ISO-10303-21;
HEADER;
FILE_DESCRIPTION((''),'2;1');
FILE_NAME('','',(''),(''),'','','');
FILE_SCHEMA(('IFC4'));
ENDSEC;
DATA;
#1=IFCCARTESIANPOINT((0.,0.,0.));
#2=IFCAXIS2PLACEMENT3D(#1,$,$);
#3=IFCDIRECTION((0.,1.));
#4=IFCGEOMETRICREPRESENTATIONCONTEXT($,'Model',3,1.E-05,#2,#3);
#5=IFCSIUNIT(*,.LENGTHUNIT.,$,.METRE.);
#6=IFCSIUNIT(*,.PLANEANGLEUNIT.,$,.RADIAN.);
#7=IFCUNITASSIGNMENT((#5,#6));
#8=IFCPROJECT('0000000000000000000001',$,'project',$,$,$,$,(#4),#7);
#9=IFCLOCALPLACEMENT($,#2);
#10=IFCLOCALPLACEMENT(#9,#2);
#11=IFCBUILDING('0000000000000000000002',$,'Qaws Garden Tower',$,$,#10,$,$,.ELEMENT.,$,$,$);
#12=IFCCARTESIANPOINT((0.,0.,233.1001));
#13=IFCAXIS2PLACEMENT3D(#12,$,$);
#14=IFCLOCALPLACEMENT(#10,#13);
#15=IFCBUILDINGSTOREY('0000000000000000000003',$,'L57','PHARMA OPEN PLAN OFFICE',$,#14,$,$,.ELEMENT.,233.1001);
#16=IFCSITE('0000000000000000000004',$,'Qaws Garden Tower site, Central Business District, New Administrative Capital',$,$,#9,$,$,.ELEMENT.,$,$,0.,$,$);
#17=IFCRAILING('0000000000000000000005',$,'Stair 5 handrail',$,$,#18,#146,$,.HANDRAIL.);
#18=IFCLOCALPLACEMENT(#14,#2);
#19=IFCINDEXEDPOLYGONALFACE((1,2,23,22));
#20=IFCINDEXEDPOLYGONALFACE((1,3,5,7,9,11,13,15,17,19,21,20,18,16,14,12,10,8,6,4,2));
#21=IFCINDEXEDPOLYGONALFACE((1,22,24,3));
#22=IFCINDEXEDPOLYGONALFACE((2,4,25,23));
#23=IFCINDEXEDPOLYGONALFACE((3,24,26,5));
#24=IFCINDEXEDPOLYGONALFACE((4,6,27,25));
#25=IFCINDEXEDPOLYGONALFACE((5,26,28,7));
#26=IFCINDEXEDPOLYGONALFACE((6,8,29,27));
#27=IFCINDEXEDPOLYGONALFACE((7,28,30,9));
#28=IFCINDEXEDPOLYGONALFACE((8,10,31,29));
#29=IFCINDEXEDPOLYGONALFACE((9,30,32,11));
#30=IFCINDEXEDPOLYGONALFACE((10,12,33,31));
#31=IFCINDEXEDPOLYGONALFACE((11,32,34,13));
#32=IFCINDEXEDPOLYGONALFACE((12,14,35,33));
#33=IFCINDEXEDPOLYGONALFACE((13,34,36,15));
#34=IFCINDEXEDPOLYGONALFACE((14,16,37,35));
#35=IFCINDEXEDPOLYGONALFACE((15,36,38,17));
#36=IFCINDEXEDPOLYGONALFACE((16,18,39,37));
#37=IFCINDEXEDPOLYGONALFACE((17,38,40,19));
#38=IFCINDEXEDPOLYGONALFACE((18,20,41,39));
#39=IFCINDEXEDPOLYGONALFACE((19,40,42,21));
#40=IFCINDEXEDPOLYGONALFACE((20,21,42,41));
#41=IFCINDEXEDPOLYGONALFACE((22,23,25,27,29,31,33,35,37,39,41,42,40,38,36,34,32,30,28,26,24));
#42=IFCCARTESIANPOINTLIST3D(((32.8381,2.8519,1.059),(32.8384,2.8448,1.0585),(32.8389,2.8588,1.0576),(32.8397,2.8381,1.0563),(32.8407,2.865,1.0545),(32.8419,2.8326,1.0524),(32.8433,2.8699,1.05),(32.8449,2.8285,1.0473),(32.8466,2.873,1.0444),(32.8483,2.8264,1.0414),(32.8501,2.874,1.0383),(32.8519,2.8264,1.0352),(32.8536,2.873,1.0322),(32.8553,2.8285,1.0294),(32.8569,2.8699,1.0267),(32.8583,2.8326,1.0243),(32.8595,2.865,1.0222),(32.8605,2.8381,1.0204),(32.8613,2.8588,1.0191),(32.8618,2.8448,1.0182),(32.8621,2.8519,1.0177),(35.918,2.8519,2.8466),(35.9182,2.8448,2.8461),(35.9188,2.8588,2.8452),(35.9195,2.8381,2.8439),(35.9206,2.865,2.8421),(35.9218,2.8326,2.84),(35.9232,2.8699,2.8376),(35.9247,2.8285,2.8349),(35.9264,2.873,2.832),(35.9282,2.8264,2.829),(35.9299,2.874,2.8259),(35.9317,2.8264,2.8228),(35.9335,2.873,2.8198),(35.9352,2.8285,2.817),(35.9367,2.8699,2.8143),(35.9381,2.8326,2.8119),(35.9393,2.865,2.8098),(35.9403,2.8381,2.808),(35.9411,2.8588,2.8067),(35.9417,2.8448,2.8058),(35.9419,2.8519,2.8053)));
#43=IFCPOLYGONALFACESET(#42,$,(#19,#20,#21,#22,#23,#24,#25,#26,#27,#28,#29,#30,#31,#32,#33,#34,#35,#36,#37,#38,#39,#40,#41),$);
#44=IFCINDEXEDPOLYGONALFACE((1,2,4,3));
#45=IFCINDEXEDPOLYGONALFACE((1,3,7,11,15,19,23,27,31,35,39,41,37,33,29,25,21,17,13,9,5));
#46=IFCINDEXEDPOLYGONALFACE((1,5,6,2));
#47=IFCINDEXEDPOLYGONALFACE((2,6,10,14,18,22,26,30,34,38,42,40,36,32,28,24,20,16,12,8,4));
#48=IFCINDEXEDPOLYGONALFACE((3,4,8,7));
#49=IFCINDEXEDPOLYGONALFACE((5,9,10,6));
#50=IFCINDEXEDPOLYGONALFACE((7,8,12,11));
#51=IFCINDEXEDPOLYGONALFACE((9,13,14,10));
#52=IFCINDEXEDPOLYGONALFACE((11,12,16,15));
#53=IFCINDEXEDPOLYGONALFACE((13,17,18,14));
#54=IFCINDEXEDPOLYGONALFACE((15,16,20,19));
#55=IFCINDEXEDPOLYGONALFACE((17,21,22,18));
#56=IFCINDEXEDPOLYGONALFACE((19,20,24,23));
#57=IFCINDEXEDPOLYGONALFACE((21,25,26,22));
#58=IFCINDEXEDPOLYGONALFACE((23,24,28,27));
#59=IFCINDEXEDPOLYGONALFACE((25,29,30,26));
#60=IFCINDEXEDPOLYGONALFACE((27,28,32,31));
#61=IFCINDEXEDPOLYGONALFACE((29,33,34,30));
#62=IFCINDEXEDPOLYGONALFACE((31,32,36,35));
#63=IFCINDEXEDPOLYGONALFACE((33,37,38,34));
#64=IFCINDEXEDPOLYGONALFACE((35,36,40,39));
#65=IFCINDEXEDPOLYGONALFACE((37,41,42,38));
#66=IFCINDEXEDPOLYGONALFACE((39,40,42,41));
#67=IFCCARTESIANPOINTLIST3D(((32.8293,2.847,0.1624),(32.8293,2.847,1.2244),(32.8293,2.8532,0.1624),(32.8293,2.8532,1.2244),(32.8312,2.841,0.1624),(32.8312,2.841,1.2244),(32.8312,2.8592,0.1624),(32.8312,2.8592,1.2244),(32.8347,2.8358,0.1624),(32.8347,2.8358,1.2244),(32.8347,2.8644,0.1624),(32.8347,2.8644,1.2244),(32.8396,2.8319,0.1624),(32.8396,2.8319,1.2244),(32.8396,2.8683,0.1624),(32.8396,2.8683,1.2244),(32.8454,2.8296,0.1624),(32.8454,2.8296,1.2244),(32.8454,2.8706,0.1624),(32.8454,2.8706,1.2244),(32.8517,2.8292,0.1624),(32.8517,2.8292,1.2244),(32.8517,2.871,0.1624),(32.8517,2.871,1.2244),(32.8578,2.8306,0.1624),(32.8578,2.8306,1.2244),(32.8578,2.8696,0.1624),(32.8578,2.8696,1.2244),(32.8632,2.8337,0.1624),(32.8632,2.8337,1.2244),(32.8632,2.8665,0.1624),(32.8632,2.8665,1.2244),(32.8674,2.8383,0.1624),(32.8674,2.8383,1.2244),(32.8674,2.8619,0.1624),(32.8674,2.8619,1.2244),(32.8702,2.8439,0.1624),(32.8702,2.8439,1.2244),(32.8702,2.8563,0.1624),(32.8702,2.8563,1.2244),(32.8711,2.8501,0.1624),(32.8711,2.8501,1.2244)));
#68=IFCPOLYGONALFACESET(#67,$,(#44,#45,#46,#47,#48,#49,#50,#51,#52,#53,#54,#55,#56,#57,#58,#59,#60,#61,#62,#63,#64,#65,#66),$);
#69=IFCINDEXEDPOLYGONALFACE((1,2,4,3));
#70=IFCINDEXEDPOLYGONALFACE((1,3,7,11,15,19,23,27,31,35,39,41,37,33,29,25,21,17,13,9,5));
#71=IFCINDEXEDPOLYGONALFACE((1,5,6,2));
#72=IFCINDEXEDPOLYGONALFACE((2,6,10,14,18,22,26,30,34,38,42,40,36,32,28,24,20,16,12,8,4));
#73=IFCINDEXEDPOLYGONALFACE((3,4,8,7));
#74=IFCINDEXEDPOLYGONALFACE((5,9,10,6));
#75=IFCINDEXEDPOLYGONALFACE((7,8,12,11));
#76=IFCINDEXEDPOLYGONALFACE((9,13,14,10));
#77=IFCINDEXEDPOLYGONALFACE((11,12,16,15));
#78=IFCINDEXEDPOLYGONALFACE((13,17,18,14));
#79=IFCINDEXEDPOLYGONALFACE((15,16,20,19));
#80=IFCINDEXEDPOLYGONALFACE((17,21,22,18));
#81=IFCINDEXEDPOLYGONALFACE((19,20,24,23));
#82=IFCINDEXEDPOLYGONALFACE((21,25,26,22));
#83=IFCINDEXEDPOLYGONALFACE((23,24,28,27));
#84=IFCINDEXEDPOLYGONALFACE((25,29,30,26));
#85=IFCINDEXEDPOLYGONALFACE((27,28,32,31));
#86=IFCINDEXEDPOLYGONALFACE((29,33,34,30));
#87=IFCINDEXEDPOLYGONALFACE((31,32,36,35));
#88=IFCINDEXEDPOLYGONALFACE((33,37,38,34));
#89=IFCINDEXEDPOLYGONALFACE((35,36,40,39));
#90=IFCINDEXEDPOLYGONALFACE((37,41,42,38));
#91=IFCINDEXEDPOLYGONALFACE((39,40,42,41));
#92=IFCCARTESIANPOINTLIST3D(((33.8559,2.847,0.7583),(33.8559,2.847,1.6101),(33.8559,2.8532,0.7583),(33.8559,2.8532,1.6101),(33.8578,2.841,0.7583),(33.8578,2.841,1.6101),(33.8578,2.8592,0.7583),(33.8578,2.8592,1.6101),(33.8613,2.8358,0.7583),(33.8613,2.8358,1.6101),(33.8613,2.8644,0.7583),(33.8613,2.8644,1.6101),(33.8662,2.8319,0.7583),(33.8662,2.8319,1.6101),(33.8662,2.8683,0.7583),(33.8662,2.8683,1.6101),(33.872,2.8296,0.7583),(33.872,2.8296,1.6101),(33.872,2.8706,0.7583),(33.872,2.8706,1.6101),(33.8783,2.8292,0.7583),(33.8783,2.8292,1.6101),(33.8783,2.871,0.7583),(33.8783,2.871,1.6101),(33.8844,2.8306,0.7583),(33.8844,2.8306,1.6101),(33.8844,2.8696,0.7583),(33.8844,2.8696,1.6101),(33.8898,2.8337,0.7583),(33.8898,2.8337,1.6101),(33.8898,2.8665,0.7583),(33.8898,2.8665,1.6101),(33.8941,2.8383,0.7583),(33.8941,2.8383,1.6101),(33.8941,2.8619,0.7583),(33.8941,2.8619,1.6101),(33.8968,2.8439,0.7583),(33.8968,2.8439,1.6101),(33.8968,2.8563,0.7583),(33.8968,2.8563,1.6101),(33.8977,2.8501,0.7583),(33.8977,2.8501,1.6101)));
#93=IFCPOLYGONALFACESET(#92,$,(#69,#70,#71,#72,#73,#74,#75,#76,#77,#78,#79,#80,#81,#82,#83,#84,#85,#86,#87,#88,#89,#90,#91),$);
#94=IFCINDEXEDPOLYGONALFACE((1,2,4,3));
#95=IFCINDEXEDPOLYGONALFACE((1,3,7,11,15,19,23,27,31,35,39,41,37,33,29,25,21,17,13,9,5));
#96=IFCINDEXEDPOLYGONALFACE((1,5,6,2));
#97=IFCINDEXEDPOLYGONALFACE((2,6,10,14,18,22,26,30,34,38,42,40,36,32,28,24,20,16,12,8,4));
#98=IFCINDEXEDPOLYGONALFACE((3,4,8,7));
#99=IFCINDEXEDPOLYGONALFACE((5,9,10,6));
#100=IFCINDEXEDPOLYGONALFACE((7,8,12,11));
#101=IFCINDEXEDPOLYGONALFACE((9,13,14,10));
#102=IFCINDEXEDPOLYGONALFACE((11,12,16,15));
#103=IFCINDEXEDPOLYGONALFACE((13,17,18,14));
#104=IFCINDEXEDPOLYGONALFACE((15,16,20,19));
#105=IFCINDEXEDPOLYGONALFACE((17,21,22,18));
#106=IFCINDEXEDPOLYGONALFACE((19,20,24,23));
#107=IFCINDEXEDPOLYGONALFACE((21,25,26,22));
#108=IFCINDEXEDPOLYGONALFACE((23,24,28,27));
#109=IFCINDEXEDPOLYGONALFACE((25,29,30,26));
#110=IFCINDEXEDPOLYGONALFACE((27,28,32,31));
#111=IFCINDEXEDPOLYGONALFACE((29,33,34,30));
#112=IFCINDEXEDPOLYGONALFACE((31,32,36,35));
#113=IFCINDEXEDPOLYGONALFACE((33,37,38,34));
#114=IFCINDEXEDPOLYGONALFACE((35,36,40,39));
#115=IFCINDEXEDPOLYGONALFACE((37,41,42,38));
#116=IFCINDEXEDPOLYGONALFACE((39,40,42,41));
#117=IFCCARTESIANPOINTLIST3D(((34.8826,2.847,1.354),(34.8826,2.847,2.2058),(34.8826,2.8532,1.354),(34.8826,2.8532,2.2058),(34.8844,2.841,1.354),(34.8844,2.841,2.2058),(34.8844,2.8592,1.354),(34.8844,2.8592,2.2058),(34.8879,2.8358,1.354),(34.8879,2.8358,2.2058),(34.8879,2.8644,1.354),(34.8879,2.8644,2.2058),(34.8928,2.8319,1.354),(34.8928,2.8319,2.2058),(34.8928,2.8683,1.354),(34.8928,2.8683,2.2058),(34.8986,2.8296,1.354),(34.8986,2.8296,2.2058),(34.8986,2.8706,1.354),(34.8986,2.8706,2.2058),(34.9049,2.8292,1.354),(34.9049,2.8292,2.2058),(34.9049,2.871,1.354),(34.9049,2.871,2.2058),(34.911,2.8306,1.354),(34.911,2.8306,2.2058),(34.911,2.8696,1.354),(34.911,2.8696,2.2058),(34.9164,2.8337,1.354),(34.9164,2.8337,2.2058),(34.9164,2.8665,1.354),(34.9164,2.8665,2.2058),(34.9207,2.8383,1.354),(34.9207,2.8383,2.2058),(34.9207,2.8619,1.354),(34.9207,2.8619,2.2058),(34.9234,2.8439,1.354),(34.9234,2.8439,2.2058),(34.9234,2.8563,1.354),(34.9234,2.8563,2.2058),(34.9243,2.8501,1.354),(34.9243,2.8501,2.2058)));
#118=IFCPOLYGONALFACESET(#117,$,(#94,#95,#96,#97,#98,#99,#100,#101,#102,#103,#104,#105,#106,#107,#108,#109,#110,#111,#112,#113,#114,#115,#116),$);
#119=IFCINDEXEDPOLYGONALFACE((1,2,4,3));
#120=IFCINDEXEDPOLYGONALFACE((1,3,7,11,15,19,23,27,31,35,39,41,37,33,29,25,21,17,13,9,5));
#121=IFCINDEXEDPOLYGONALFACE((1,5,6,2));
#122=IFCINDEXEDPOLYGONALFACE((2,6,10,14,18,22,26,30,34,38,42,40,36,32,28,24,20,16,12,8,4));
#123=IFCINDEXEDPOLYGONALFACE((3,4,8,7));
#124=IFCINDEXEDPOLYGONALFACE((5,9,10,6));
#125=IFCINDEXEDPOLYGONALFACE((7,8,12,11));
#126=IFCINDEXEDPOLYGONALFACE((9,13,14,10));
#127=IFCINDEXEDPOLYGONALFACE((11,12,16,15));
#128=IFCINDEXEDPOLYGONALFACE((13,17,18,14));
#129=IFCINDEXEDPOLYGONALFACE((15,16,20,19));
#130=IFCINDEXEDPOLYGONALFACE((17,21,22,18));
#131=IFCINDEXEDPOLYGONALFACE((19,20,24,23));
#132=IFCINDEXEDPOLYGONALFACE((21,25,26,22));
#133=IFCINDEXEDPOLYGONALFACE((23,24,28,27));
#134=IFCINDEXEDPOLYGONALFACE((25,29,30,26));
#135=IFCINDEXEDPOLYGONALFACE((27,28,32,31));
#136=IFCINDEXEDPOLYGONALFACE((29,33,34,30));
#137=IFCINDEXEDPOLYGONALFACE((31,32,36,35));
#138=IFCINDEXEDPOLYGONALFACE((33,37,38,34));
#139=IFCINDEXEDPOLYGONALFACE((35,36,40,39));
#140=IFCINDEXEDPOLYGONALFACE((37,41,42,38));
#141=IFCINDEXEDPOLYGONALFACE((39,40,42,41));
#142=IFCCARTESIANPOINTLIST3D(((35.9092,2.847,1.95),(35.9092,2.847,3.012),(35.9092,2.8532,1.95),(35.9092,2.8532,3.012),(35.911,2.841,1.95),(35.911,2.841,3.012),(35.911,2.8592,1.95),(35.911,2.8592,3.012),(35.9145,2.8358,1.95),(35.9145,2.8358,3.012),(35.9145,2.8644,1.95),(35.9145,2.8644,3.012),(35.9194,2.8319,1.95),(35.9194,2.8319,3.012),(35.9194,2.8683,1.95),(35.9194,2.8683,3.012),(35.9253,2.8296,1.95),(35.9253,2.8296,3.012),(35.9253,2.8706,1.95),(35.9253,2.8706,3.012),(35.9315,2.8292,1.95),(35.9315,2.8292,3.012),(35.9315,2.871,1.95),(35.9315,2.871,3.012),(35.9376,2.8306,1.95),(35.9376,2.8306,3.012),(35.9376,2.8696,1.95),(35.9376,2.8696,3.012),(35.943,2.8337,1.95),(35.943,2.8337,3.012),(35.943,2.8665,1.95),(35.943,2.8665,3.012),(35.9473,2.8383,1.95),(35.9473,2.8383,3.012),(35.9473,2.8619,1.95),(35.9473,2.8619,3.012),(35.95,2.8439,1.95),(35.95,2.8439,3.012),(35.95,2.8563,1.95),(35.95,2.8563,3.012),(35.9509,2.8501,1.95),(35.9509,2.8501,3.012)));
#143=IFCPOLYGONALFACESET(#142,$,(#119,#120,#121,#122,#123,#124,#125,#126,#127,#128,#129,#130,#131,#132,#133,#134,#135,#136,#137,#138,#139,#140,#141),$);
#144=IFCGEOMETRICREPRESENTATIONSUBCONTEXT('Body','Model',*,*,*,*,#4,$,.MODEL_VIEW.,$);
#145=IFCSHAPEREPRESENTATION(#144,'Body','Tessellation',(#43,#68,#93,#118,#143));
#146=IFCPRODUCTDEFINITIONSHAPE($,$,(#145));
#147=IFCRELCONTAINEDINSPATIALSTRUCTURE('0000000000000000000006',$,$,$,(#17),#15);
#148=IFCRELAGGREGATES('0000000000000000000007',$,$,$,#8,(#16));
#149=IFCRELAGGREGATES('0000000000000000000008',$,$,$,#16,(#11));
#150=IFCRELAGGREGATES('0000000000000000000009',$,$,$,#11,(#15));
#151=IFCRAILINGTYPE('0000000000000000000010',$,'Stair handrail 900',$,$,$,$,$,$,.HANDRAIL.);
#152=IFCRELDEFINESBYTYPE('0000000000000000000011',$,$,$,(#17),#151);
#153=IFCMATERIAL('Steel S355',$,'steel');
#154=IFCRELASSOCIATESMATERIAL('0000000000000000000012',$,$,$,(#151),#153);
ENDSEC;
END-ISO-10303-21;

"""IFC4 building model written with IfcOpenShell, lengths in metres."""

from ifc_helpers import new_model, si_unit, direction, frame, origin, origin_2d, place, context, subcontext, project, spatial, circle, extrude, material, type_object, element, save


model = new_model("IFC4")

# Units and contexts
model_context = context("Model", 3, precision=1e-05, world=origin(), true_north=direction((0.0, 1.0)))
body_context = subcontext(model_context, "Body", "Model", "MODEL_VIEW")
ifc_project = project(units=[si_unit("LENGTHUNIT", "METRE"), si_unit("PLANEANGLEUNIT", "RADIAN")], contexts=[model_context])

# Site, building, storey
site_placement = place(None, origin())
site = spatial("IfcSite", under=ifc_project, at=site_placement, Name="Qaws Garden Tower site, Central Business District, New Administrative Capital", CompositionType="ELEMENT", RefElevation=0.0)
building_placement = place(site_placement, origin())
building = spatial("IfcBuilding", under=site, at=building_placement, Name="Qaws Garden Tower", CompositionType="ELEMENT")
storey_placement = place(building_placement, frame((0.0, 0.0, 233.1001)))
storey = spatial("IfcBuildingStorey", under=building, at=storey_placement, Name="L57", Description="PHARMA OPEN PLAN OFFICE", CompositionType="ELEMENT", Elevation=233.1001)

# Railing
ifc_material_1 = material(Name="Steel S355", Category="steel")
railing_type = type_object("IfcRailingType", Name="Stair handrail 900", PredefinedType="HANDRAIL", material=ifc_material_1)
railing_1_placement = place(storey_placement, frame((32.8501, 2.8501, 0.1624)))
element("IfcRailing", 1, at=railing_1_placement, inside=storey, type_object=railing_type, Name="Stair 5 handrail", PredefinedType="HANDRAIL", context=body_context, shape_type="SweptSolid", body=[
    extrude(circle(Radius=0.0239, at=origin_2d()), frame((0.0, 0.0, 0.876), z_axis=(0.864873, 0.0, 0.50199), x_axis=(0.0, 1.0, 0.0)), (0.0, 0.0, 1.0), 3.561),
    extrude(circle(Radius=0.021, at=origin_2d()), origin(), (0.0, 0.0, 1.0), 1.062),
    extrude(circle(Radius=0.021, at=origin_2d()), frame((1.0266, 0.0, 0.5959)), (0.0, 0.0, 1.0), 0.8518),
    extrude(circle(Radius=0.021, at=origin_2d()), frame((2.0532, 0.0, 1.1917)), (0.0, 0.0, 1.0), 0.8518),
    extrude(circle(Radius=0.021, at=origin_2d()), frame((3.0798, 0.0, 1.7876)), (0.0, 0.0, 1.0), 1.062),
])

save(model, "model.ifc")
